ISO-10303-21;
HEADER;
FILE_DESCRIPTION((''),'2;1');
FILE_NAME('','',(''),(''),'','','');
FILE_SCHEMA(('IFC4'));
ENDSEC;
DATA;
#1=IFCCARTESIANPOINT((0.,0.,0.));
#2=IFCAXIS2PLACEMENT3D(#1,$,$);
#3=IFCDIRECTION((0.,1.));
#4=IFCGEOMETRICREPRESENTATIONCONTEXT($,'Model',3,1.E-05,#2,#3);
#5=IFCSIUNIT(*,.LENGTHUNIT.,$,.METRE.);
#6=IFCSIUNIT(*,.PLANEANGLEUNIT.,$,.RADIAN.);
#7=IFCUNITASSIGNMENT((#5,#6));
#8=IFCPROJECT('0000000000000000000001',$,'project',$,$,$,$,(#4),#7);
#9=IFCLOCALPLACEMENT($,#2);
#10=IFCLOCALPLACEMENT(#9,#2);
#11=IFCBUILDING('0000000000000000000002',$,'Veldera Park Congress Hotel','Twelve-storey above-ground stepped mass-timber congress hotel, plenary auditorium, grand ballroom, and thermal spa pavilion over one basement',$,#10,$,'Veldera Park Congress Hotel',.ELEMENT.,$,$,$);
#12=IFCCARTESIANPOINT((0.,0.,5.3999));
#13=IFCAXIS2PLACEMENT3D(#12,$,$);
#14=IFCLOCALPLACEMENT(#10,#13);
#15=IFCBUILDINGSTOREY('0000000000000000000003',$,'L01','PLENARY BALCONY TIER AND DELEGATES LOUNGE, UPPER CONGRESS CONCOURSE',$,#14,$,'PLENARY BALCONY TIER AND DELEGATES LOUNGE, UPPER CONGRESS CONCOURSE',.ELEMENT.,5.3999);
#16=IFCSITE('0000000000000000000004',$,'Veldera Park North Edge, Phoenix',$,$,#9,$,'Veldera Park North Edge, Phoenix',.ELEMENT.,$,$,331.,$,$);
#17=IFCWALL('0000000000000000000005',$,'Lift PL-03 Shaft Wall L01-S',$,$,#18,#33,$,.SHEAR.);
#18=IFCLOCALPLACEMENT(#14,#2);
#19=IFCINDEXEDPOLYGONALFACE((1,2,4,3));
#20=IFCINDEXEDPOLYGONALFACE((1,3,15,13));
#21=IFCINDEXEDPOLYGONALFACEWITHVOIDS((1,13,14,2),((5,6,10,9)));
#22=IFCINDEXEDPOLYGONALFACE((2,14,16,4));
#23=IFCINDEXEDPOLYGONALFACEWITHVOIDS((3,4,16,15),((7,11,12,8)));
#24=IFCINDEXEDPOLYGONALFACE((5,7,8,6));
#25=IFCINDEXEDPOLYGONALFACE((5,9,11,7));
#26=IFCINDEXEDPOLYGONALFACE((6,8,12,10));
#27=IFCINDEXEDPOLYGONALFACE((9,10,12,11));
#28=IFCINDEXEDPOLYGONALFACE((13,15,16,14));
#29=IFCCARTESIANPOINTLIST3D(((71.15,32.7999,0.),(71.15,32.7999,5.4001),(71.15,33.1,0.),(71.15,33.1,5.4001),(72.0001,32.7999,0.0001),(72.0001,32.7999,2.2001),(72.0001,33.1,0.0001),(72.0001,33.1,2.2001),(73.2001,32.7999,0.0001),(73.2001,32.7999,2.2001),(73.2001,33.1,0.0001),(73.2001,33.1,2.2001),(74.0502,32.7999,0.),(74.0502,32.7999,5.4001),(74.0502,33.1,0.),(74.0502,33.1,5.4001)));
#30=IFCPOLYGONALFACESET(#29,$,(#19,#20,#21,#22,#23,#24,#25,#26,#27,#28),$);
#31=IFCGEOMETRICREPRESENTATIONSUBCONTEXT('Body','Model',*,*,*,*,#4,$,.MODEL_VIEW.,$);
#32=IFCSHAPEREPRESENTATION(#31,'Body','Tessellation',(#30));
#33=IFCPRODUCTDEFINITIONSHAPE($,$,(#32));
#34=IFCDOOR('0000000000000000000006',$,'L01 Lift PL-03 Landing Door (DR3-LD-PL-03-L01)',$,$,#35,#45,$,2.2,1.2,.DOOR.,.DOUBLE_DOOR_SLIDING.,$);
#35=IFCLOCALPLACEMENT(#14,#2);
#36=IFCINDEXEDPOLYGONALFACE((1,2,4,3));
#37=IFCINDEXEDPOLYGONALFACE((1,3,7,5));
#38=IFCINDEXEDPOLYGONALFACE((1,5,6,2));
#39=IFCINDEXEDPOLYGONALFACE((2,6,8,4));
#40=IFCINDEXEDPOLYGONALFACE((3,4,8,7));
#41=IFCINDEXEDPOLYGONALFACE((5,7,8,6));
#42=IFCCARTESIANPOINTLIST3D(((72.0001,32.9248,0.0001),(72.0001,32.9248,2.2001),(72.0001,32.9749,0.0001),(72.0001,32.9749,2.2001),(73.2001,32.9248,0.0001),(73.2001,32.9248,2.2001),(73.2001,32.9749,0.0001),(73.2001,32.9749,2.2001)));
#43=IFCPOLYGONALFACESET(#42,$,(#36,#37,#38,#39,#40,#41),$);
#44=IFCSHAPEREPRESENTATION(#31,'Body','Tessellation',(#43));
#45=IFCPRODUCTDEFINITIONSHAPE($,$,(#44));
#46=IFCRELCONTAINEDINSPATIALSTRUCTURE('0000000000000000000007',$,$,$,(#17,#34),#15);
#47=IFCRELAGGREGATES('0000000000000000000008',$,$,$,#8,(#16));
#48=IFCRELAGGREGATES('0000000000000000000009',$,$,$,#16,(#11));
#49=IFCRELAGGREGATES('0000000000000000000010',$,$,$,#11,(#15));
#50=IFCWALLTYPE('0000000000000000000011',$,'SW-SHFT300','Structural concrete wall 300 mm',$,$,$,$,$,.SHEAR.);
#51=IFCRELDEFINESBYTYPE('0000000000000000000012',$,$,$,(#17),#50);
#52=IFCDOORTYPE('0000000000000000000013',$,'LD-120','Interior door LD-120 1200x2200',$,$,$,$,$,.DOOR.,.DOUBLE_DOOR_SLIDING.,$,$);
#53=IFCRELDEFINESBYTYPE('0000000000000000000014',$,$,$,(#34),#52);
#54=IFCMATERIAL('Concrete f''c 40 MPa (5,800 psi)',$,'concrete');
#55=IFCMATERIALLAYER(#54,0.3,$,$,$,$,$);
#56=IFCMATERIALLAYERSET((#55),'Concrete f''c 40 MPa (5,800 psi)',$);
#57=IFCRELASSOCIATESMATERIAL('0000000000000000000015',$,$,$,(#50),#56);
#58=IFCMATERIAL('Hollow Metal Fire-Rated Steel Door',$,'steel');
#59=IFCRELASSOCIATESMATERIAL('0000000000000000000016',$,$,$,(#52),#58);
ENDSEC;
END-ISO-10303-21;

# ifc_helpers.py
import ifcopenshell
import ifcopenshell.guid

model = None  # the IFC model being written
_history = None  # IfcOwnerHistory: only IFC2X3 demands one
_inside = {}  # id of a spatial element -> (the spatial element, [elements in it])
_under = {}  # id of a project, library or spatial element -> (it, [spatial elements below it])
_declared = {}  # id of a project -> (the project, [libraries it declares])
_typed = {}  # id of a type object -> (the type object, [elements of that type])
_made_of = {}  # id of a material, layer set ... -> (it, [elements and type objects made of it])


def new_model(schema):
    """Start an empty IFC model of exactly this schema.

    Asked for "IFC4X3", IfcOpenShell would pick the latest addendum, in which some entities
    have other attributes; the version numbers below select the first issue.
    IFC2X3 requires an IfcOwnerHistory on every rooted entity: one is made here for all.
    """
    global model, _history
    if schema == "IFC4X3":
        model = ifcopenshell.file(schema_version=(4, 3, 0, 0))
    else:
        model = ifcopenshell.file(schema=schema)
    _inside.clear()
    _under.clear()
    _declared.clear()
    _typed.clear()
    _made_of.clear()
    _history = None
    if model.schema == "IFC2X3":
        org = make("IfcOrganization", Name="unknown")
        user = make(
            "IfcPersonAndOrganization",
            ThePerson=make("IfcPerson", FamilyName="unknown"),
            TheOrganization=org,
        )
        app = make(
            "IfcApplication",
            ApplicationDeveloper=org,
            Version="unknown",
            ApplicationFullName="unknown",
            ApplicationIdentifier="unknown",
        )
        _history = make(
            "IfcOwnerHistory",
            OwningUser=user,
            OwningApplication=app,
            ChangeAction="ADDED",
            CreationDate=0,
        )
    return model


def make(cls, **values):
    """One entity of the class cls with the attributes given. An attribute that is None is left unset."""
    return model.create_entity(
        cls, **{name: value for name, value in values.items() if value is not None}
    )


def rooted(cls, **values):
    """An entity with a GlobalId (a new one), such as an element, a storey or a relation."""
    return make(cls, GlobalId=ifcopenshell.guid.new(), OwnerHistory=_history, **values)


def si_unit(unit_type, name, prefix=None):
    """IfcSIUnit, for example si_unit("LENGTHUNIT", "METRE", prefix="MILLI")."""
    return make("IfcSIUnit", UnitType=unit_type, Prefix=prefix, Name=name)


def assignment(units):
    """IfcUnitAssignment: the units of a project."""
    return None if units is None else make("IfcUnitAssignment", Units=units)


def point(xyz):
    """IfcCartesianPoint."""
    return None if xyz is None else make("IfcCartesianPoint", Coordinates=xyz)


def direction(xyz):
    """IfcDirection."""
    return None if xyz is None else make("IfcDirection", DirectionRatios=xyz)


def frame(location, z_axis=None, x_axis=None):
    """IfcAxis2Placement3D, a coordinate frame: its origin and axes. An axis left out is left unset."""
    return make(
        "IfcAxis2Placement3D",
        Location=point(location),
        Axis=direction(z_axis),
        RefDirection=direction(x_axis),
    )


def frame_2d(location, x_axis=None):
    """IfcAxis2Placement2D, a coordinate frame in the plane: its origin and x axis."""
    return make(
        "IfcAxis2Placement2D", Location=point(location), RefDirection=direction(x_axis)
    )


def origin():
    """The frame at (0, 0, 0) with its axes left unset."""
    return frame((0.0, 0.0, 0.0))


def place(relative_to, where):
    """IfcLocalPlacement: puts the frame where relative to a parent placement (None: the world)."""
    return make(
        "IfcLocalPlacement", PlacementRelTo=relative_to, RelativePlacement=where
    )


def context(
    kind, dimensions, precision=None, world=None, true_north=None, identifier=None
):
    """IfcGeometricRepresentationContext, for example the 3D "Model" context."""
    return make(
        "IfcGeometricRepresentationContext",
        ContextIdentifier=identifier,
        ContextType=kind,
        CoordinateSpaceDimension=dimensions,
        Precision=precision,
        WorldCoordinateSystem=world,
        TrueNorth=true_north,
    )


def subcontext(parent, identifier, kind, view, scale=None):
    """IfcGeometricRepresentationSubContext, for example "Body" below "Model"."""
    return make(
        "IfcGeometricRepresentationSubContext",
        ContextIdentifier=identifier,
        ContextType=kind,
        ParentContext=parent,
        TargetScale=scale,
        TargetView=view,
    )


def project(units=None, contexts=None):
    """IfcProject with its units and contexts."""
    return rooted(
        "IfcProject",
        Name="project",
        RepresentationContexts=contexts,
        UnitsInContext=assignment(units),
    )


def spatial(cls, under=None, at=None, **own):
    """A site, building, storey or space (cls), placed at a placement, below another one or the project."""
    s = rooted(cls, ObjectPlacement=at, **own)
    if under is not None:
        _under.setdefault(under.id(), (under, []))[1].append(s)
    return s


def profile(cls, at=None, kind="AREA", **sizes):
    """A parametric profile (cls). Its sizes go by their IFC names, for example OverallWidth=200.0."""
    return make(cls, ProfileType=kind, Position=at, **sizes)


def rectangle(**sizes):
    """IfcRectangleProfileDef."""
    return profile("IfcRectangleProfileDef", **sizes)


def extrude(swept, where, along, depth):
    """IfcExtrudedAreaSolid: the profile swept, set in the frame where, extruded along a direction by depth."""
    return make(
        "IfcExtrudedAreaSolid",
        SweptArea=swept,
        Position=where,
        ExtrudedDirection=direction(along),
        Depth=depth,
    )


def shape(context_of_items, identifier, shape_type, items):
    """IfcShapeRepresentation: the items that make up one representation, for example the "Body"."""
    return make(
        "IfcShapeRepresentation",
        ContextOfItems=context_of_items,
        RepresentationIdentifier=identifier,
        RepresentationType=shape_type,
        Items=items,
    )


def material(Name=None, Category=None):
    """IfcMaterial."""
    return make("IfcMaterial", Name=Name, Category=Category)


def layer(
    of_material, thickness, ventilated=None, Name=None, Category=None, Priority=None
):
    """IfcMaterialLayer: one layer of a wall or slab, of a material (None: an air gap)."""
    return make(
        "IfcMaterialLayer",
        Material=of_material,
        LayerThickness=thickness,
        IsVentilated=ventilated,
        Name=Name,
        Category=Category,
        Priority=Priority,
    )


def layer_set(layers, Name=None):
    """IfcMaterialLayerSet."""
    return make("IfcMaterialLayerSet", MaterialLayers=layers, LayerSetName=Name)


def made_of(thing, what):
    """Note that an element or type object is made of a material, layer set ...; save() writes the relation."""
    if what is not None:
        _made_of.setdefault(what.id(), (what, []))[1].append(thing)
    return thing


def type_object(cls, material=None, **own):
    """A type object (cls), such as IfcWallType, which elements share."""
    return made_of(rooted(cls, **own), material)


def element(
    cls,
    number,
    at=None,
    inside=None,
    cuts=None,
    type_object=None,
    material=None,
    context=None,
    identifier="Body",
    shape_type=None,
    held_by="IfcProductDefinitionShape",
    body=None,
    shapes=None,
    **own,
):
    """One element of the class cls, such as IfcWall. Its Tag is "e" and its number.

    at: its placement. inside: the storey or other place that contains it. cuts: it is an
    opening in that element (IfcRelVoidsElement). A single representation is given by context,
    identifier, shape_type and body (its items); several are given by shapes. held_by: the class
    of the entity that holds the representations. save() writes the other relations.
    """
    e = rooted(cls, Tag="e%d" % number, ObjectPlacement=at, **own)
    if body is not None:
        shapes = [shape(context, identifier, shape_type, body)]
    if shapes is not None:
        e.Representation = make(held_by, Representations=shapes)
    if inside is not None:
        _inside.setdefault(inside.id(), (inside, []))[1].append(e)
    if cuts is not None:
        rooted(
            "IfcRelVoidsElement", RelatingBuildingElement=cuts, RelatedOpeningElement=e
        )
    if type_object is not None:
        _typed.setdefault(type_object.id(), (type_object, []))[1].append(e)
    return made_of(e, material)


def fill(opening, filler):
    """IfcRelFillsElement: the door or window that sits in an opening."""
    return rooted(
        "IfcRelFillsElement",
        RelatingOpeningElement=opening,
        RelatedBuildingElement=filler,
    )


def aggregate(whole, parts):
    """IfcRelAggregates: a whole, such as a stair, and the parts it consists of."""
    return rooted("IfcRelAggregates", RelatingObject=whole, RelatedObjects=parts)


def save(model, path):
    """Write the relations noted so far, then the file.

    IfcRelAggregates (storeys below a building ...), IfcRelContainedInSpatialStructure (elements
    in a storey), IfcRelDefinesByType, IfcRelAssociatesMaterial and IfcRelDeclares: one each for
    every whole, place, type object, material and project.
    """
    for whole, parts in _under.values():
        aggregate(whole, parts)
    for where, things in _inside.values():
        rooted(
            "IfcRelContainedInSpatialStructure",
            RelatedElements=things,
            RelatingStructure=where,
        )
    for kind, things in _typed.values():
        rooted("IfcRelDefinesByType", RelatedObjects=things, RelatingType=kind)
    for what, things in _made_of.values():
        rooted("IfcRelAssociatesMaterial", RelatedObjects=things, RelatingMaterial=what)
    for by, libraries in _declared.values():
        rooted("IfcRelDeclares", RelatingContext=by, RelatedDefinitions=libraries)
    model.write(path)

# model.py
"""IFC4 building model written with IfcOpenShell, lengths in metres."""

from ifc_helpers import new_model, si_unit, direction, frame, frame_2d, origin, place, context, subcontext, project, spatial, rectangle, extrude, material, layer, layer_set, type_object, element, fill, save


model = new_model("IFC4")

# Units and contexts
model_context = context("Model", 3, precision=1e-05, world=origin(), true_north=direction((0.0, 1.0)))
body_context = subcontext(model_context, "Body", "Model", "MODEL_VIEW")
ifc_project = project(units=[si_unit("LENGTHUNIT", "METRE"), si_unit("PLANEANGLEUNIT", "RADIAN")], contexts=[model_context])

# Site, building, storey
site_placement = place(None, origin())
site = spatial("IfcSite", under=ifc_project, at=site_placement, Name="Veldera Park North Edge, Phoenix", LongName="Veldera Park North Edge, Phoenix", CompositionType="ELEMENT", RefElevation=331.0)
building_placement = place(site_placement, origin())
building = spatial("IfcBuilding", under=site, at=building_placement, Name="Veldera Park Congress Hotel", Description="Twelve-storey above-ground stepped mass-timber congress hotel, plenary auditorium, grand ballroom, and thermal spa pavilion over one basement", LongName="Veldera Park Congress Hotel", CompositionType="ELEMENT")
storey_placement = place(building_placement, frame((0.0, 0.0, 5.3999)))
storey = spatial("IfcBuildingStorey", under=building, at=storey_placement, Name="L01", Description="PLENARY BALCONY TIER AND DELEGATES LOUNGE, UPPER CONGRESS CONCOURSE", LongName="PLENARY BALCONY TIER AND DELEGATES LOUNGE, UPPER CONGRESS CONCOURSE", CompositionType="ELEMENT", Elevation=5.3999)

# Shared definitions
ifc_material_1 = material(Name="Concrete f'c 40 MPa (5,800 psi)", Category="concrete")

# Shared definitions
ifc_layer_1 = layer(ifc_material_1, 0.3)
ifc_layer_set_1 = layer_set([ifc_layer_1], Name="Concrete f'c 40 MPa (5,800 psi)")
wall_type_1 = type_object("IfcWallType", Name="SW-SHFT300", Description="Structural concrete wall 300 mm", PredefinedType="SHEAR", material=ifc_layer_set_1)
ifc_material_2 = material(Name="Hollow Metal Fire-Rated Steel Door", Category="steel")
door_type_1 = type_object("IfcDoorType", Name="LD-120", Description="Interior door LD-120 1200x2200", OperationType="DOUBLE_DOOR_SLIDING", PredefinedType="DOOR", material=ifc_material_2)

# Wall, opening, door
wall_1_placement = place(storey_placement, frame((71.1499, 32.95, 0.0), z_axis=(0.0, 0.0, 1.0), x_axis=(1.0, 0.0, 0.0)))
wall_1 = element("IfcWall", 1, at=wall_1_placement, inside=storey, type_object=wall_type_1, Name="Lift PL-03 Shaft Wall L01-S", PredefinedType="SHEAR", context=body_context, shape_type="SweptSolid", body=[
    extrude(rectangle(XDim=2.9001, YDim=0.3, at=frame_2d((1.4502, 0.0))), origin(), (0.0, 0.0, 1.0), 5.4001),
])
opening_1_placement = place(wall_1_placement, frame((0.8501, 0.0, 0.0)))
opening_1 = element("IfcOpeningElement", 2, at=opening_1_placement, cuts=wall_1, PredefinedType="OPENING", context=body_context, shape_type="SweptSolid", body=[
    extrude(rectangle(XDim=1.2, YDim=2.2, at=frame_2d((0.6001, 1.1001))), frame((0.0, 0.1621, 0.0), z_axis=(0.0, -1.0, 0.0), x_axis=(1.0, 0.0, 0.0)), (0.0, 0.0, 1.0), 0.324),
])
door_1_placement = place(opening_1_placement, origin())
door_1 = element("IfcDoor", 3, at=door_1_placement, inside=storey, type_object=door_type_1, Name="L01 Lift PL-03 Landing Door (DR3-LD-PL-03-L01)", OperationType="DOUBLE_DOOR_SLIDING", OverallHeight=2.2, OverallWidth=1.2, PredefinedType="DOOR", context=body_context, shape_type="SweptSolid", body=[
    extrude(rectangle(XDim=1.2, YDim=2.2, at=frame_2d((0.6001, 1.1001))), frame((0.0, 0.0249, 0.0), z_axis=(0.0, -1.0, 0.0), x_axis=(1.0, 0.0, 0.0)), (0.0, 0.0, 1.0), 0.05),
])
fill(opening_1, door_1)

save(model, "model.ifc")
